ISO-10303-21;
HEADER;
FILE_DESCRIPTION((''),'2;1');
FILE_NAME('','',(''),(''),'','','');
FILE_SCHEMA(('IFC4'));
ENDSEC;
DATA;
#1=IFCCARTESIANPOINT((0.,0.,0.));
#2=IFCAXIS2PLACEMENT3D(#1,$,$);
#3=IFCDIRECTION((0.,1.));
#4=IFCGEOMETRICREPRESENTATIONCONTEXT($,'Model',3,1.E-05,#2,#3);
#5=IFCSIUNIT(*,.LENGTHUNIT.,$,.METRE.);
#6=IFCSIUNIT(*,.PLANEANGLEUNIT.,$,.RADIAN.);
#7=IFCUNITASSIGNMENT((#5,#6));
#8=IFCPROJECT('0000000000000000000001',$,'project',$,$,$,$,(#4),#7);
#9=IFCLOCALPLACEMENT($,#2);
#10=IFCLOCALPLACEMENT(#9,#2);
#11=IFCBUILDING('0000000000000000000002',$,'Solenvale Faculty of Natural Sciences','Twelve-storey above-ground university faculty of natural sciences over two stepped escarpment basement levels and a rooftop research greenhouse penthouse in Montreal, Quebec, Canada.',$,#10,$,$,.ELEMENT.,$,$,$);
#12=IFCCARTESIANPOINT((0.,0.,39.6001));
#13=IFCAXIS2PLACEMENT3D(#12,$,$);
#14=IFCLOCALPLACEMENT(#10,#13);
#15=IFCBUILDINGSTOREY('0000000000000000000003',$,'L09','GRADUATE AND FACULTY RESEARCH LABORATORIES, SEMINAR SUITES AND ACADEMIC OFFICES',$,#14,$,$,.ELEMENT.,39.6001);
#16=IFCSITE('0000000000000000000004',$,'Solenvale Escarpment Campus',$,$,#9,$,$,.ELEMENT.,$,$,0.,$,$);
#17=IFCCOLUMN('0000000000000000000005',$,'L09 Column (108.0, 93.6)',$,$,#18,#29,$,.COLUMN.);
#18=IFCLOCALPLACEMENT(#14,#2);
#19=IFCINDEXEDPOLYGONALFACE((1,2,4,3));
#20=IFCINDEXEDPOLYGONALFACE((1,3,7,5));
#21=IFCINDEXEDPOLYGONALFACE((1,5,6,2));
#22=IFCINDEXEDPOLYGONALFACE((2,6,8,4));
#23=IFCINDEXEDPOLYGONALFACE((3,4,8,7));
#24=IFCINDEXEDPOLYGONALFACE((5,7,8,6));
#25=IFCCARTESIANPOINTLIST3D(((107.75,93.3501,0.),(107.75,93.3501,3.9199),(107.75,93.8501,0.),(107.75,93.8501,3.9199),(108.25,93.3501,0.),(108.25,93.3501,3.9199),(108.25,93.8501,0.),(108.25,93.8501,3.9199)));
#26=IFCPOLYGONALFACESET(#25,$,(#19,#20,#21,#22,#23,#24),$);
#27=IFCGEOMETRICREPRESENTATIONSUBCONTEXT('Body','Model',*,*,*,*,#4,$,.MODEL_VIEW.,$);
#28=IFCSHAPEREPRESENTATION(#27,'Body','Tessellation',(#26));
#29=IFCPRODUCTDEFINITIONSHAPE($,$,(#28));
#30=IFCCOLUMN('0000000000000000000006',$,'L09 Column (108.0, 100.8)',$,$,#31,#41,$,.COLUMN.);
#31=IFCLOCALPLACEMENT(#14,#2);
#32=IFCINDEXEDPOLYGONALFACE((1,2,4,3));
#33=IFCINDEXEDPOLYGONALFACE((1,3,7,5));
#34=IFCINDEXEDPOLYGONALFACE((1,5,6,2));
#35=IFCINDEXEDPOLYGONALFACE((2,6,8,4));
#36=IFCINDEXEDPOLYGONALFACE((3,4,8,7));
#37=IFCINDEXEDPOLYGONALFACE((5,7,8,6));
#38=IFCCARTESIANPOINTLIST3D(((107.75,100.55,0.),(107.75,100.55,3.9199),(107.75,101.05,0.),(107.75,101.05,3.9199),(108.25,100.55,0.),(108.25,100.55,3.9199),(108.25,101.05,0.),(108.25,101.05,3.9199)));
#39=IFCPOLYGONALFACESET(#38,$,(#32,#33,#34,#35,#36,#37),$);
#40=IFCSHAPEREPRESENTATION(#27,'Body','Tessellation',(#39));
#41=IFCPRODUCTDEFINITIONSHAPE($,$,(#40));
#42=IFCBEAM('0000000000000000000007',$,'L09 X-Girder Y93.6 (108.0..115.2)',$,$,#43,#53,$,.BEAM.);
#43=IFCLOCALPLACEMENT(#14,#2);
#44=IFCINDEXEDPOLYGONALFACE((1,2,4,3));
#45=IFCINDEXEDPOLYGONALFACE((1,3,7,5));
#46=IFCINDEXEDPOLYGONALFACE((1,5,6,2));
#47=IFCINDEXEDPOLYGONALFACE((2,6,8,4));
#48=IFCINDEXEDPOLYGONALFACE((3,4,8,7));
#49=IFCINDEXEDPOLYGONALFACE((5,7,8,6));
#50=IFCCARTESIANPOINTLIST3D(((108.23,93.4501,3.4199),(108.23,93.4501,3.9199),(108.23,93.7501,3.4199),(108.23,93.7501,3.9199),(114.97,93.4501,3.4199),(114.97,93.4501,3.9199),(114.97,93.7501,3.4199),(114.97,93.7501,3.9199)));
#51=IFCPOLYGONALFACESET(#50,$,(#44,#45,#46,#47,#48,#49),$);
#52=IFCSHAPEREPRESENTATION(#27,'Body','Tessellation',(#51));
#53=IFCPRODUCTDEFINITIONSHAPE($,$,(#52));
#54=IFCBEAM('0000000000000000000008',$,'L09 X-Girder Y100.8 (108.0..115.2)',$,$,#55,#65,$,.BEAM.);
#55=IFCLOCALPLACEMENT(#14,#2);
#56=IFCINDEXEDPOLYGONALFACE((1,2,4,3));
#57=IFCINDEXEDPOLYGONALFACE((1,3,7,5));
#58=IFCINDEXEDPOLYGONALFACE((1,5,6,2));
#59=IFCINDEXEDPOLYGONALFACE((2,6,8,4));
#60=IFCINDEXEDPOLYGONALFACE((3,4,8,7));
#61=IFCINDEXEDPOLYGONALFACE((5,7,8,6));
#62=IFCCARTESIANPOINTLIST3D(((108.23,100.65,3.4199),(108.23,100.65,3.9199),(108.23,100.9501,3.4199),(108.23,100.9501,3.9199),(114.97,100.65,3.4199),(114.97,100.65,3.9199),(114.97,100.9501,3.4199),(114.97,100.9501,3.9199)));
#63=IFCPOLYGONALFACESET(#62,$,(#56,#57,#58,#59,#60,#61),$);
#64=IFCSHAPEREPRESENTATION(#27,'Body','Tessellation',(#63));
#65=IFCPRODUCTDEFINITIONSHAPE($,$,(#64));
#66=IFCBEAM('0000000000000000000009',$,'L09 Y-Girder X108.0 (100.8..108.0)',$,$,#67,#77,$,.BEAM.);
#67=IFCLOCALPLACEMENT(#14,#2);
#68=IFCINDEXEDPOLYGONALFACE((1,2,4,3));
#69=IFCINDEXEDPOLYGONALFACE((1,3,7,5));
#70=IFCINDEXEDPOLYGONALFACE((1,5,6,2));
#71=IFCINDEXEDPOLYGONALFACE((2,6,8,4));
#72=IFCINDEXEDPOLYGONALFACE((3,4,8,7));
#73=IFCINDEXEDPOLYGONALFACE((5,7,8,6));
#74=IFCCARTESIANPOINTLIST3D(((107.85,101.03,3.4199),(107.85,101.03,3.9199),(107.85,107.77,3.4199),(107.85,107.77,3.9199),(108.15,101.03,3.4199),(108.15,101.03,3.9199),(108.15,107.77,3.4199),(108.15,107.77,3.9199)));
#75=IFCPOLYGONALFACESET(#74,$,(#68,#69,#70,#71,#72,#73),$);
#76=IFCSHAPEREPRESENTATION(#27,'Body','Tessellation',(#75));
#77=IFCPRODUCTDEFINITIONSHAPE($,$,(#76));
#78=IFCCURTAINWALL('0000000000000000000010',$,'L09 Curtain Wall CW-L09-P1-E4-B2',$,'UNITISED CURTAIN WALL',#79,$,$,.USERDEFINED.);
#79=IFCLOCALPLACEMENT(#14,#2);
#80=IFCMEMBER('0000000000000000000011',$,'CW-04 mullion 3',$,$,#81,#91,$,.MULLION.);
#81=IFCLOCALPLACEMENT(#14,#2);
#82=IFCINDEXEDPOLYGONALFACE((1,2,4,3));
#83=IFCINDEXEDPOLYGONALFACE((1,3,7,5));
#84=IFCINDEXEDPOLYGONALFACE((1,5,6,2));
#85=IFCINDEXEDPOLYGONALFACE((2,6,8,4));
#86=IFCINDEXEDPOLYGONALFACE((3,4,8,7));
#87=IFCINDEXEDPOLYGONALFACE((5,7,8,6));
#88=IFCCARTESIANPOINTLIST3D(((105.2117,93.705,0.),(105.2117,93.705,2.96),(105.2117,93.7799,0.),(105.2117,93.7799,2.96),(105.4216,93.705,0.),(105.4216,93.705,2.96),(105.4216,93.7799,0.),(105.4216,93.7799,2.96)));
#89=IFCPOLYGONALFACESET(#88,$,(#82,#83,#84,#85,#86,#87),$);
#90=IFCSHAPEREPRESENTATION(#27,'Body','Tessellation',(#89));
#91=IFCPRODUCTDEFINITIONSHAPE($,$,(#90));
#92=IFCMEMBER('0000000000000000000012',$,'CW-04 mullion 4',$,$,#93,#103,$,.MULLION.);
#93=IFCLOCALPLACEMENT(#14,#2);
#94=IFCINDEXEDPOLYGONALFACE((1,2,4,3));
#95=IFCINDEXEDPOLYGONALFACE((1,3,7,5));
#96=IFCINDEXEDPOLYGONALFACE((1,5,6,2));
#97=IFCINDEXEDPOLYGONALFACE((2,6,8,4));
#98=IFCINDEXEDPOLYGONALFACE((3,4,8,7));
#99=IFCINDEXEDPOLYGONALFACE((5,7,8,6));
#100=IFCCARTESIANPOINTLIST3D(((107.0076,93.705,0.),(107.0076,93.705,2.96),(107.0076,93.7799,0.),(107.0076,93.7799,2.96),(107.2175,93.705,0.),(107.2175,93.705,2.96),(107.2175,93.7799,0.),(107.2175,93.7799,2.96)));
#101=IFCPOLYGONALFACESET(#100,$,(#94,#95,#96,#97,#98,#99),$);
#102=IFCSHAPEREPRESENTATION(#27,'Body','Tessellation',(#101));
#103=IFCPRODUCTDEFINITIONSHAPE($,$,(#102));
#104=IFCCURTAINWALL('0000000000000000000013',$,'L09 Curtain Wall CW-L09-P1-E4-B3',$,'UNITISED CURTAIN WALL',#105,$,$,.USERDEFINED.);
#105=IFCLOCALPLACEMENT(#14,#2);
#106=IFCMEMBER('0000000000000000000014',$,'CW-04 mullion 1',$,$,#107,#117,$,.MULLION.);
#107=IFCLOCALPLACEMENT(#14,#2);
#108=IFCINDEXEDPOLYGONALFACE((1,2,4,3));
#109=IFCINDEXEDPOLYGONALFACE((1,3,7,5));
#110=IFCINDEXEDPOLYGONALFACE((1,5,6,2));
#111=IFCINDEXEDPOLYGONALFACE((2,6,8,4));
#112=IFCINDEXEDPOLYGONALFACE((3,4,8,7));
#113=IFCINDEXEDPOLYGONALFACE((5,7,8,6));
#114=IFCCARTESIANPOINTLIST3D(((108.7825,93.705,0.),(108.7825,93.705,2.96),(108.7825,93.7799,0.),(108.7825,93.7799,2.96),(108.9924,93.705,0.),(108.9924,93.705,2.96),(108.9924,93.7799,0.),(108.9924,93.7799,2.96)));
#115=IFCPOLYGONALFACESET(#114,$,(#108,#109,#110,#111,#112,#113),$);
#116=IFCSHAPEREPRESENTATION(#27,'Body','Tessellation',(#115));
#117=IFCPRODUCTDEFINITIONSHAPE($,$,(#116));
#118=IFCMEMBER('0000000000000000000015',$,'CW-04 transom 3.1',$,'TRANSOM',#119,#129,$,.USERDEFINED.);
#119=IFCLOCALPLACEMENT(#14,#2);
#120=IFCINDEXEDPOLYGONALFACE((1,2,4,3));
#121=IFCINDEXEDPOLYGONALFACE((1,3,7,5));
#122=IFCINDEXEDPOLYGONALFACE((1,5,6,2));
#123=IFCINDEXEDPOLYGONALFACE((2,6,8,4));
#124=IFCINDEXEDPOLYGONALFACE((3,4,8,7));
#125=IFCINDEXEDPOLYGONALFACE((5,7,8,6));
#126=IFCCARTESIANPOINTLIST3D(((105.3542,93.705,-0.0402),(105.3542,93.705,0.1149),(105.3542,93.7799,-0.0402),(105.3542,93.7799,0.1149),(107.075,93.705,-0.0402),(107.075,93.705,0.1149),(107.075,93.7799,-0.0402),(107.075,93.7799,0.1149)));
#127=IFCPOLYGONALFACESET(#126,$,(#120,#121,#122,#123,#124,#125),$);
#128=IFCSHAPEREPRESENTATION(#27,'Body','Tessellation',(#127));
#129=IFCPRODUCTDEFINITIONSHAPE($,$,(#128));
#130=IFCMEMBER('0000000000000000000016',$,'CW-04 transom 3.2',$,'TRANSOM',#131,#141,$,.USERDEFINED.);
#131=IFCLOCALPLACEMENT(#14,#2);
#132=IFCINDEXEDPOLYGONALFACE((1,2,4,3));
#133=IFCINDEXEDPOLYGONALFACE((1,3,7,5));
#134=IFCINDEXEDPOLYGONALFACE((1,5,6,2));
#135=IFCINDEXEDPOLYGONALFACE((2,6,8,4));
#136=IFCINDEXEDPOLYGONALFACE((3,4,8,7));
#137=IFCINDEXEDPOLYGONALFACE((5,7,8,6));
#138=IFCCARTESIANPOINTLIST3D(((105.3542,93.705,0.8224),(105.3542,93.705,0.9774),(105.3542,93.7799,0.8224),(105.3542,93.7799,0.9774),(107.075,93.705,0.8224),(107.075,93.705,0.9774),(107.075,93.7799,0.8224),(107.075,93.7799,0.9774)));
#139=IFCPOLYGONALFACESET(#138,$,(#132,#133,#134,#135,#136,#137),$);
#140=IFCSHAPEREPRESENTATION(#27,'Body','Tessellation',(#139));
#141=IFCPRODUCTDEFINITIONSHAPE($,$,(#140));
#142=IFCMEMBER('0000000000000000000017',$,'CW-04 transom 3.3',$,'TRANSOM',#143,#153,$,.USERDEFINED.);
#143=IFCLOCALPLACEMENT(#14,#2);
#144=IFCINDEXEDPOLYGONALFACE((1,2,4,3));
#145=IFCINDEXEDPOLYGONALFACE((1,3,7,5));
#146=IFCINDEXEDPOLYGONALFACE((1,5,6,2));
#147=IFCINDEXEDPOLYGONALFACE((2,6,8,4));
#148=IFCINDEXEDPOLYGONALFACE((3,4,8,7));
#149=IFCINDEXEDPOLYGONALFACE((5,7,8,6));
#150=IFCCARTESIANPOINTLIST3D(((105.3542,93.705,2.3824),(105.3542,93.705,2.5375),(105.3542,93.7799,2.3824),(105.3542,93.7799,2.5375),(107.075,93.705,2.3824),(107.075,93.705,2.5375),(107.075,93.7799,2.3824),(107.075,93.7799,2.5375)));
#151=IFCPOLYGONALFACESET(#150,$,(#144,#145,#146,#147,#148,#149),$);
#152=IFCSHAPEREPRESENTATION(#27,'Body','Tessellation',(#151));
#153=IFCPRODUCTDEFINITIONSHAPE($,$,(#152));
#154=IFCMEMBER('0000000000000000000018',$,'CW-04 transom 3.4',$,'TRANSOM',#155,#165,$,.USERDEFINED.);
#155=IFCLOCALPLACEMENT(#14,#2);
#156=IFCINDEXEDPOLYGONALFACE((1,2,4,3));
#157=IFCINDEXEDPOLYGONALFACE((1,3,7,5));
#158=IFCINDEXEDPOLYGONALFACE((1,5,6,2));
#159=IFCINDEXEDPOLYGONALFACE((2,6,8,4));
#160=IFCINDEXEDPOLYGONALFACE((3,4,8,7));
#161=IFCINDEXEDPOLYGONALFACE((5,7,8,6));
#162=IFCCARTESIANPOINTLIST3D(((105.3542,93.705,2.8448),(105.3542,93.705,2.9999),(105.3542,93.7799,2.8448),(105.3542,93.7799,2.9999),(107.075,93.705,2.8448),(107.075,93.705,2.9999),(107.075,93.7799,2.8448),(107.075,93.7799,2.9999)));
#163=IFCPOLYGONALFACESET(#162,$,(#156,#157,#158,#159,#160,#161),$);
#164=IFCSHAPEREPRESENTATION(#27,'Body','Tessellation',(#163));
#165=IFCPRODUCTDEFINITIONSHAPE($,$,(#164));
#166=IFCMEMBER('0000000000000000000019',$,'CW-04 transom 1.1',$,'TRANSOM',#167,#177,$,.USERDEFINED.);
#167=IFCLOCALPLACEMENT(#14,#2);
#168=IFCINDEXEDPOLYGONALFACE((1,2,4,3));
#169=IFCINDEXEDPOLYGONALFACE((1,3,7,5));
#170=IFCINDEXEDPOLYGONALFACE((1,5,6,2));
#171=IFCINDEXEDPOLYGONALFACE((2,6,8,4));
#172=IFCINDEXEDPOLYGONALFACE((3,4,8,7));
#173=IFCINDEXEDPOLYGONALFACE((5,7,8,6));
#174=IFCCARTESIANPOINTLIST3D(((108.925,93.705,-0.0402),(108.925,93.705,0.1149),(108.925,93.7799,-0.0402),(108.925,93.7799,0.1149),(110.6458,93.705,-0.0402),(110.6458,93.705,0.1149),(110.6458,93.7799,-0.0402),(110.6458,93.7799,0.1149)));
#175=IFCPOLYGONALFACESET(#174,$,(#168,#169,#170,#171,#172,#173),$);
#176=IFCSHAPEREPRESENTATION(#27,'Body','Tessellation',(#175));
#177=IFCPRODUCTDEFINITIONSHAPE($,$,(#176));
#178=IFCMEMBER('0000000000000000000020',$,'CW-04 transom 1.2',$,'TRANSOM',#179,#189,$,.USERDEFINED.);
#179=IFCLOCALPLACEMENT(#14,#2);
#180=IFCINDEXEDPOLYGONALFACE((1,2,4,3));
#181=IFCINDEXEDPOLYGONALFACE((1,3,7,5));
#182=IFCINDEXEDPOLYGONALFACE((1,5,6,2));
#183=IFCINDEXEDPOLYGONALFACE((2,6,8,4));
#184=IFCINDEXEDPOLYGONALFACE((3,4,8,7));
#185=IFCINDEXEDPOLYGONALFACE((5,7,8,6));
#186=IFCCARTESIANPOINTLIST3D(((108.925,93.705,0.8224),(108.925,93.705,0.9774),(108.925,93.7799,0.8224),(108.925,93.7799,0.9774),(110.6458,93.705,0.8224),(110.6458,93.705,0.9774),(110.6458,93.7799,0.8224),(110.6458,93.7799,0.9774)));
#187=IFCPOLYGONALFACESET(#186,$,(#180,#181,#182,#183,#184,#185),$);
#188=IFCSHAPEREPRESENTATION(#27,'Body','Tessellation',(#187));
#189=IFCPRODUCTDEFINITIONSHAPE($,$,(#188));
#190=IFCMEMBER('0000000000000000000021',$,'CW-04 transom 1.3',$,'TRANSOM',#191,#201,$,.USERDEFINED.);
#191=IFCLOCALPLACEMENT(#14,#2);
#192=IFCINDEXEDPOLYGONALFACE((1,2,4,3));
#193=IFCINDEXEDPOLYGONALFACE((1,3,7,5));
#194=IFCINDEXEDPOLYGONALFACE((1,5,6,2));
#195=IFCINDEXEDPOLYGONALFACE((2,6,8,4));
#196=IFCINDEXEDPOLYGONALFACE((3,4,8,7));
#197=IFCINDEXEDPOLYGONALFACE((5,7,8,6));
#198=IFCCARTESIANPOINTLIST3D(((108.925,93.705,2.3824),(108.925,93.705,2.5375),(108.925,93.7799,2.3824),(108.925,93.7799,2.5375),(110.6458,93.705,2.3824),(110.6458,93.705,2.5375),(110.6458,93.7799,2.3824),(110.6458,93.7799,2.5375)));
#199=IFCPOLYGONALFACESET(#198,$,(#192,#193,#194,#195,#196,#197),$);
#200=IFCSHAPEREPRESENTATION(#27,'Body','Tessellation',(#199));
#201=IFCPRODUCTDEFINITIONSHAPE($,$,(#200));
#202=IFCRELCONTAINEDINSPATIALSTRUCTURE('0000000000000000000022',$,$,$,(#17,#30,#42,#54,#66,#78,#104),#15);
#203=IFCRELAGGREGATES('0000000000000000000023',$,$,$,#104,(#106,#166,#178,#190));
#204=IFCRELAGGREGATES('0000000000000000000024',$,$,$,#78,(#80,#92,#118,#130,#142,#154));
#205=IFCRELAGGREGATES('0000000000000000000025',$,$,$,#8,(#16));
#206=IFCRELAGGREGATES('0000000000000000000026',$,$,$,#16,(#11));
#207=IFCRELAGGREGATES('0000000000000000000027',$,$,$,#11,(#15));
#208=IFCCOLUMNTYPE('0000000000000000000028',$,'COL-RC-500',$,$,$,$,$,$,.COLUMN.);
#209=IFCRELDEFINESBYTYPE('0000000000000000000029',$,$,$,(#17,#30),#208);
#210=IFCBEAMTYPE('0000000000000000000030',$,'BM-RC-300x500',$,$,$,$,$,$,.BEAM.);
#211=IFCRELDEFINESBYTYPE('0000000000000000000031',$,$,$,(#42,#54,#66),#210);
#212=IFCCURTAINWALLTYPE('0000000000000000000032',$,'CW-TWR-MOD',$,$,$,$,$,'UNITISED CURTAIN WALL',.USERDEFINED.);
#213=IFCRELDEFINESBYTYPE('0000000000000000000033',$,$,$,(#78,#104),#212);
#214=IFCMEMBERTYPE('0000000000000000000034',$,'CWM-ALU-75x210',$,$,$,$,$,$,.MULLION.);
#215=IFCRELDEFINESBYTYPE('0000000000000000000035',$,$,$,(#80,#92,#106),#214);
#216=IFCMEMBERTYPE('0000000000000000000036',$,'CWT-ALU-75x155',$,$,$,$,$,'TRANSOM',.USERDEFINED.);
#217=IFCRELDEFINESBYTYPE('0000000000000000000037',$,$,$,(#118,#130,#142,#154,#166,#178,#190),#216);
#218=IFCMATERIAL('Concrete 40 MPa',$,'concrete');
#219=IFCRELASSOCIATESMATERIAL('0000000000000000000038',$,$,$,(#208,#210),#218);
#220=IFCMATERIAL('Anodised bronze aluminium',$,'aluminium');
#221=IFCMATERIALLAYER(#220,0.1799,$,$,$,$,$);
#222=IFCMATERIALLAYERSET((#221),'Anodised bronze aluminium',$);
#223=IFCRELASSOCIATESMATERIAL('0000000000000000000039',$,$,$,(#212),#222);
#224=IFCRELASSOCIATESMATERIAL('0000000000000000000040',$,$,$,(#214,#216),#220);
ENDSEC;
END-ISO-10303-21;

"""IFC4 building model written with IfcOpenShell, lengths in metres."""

from ifc_helpers import new_model, si_unit, direction, frame, origin, origin_2d, place, context, subcontext, project, spatial, rectangle, extrude, material, layer, layer_set, material_profile, profile_set, type_object, element, aggregate, save


model = new_model("IFC4")

# Units and contexts
model_context = context("Model", 3, precision=1e-05, world=origin(), true_north=direction((0.0, 1.0)))
body_context = subcontext(model_context, "Body", "Model", "MODEL_VIEW")
ifc_project = project(units=[si_unit("LENGTHUNIT", "METRE"), si_unit("PLANEANGLEUNIT", "RADIAN")], contexts=[model_context])

# Site, building, storey
site_placement = place(None, origin())
site = spatial("IfcSite", under=ifc_project, at=site_placement, Name="Solenvale Escarpment Campus", CompositionType="ELEMENT", RefElevation=0.0)
building_placement = place(site_placement, origin())
building = spatial("IfcBuilding", under=site, at=building_placement, Name="Solenvale Faculty of Natural Sciences", Description="Twelve-storey above-ground university faculty of natural sciences over two stepped escarpment basement levels and a rooftop research greenhouse penthouse in Montreal, Quebec, Canada.", CompositionType="ELEMENT")
storey_placement = place(building_placement, frame((0.0, 0.0, 39.6001)))
storey = spatial("IfcBuildingStorey", under=building, at=storey_placement, Name="L09", Description="GRADUATE AND FACULTY RESEARCH LABORATORIES, SEMINAR SUITES AND ACADEMIC OFFICES", CompositionType="ELEMENT", Elevation=39.6001)

# Columns
ifc_material_1 = material(Name="Concrete 40 MPa", Category="concrete")
ifc_material_profile_1 = material_profile(ifc_material_1, rectangle(XDim=0.5, YDim=0.5, at=origin_2d()), Name="RC-COL-500x500")
ifc_profile_set_1 = profile_set([ifc_material_profile_1], Name="Concrete 40 MPa")
column_type = type_object("IfcColumnType", Name="COL-RC-500", PredefinedType="COLUMN", material=ifc_profile_set_1)
for number, where, z_axis, x_axis, name in (
    (1, (108.0, 93.6001, 0.0), (0.0, 0.0, 1.0), (1.0, 0.0, 0.0), "L09 Column (108.0, 93.6)"),
    (2, (108.0, 100.8, 0.0), (0.0, 0.0, 1.0), (1.0, 0.0, 0.0), "L09 Column (108.0, 100.8)"),
):
    element("IfcColumn", number, at=place(storey_placement, frame(where, z_axis=z_axis, x_axis=x_axis)), inside=storey, type_object=column_type, Name=name, PredefinedType="COLUMN", context=body_context, shape_type="SweptSolid", body=[
        extrude(rectangle(XDim=0.5, YDim=0.5, at=origin_2d()), origin(), (0.0, 0.0, 1.0), 3.9199),
    ])

# Beams
ifc_material_profile_2 = material_profile(ifc_material_1, rectangle(XDim=0.3, YDim=0.5, at=origin_2d()), Name="RC-BM-300x500")
ifc_profile_set_2 = profile_set([ifc_material_profile_2], Name="Concrete 40 MPa")
beam_type = type_object("IfcBeamType", Name="BM-RC-300x500", PredefinedType="BEAM", material=ifc_profile_set_2)
for number, where, z_axis, x_axis, name in (
    (3, (108.23, 93.6001, 3.6699), (1.0, 0.0, 0.0), (0.0, 1.0, 0.0), "L09 X-Girder Y93.6 (108.0..115.2)"),
    (4, (108.23, 100.8, 3.6699), (1.0, 0.0, 0.0), (0.0, 1.0, 0.0), "L09 X-Girder Y100.8 (108.0..115.2)"),
    (5, (108.0, 101.03, 3.6699), (0.0, 1.0, 0.0), (-1.0, 0.0, 0.0), "L09 Y-Girder X108.0 (100.8..108.0)"),
):
    element("IfcBeam", number, at=place(storey_placement, frame(where, z_axis=z_axis, x_axis=x_axis)), inside=storey, type_object=beam_type, Name=name, PredefinedType="BEAM", context=body_context, shape_type="SweptSolid", body=[
        extrude(rectangle(XDim=0.3, YDim=0.5, at=origin_2d()), origin(), (0.0, 0.0, 1.0), 6.74),
    ])

# Curtain wall, members
ifc_material_2 = material(Name="Anodised bronze aluminium", Category="aluminium")
ifc_layer_1 = layer(ifc_material_2, 0.1799)
ifc_layer_set_1 = layer_set([ifc_layer_1], Name="Anodised bronze aluminium")
curtain_wall_type = type_object("IfcCurtainWallType", Name="CW-TWR-MOD", ElementType="UNITISED CURTAIN WALL", PredefinedType="USERDEFINED", material=ifc_layer_set_1)
curtain_wall_1_placement = place(storey_placement, origin())
curtain_wall_1 = element("IfcCurtainWall", 6, at=curtain_wall_1_placement, inside=storey, type_object=curtain_wall_type, Name="L09 Curtain Wall CW-L09-P1-E4-B2", ObjectType="UNITISED CURTAIN WALL", PredefinedType="USERDEFINED")
ifc_material_profile_3 = material_profile(ifc_material_2, rectangle(XDim=0.075, YDim=0.21, at=origin_2d()), Name="ALU-MUL-75x210")
ifc_profile_set_3 = profile_set([ifc_material_profile_3], Name="Anodised bronze aluminium")
member_type_1 = type_object("IfcMemberType", Name="CWM-ALU-75x210", PredefinedType="MULLION", material=ifc_profile_set_3)
member_1_placement = place(storey_placement, frame((105.3167, 93.7424, 0.0), z_axis=(0.0, 0.0, 1.0), x_axis=(0.0, 1.0, 0.0)))
member_1 = element("IfcMember", 7, at=member_1_placement, type_object=member_type_1, Name="CW-04 mullion 3", PredefinedType="MULLION", context=body_context, shape_type="SweptSolid", body=[
    extrude(rectangle(XDim=0.075, YDim=0.21, at=origin_2d()), origin(), (0.0, 0.0, 1.0), 2.96),
])
member_2_placement = place(storey_placement, frame((107.1125, 93.7424, 0.0), z_axis=(0.0, 0.0, 1.0), x_axis=(0.0, 1.0, 0.0)))
member_2 = element("IfcMember", 8, at=member_2_placement, type_object=member_type_1, Name="CW-04 mullion 4", PredefinedType="MULLION", context=body_context, shape_type="SweptSolid", body=[
    extrude(rectangle(XDim=0.075, YDim=0.21, at=origin_2d()), origin(), (0.0, 0.0, 1.0), 2.96),
])

# Curtain wall, member
curtain_wall_2_placement = place(storey_placement, origin())
curtain_wall_2 = element("IfcCurtainWall", 9, at=curtain_wall_2_placement, inside=storey, type_object=curtain_wall_type, Name="L09 Curtain Wall CW-L09-P1-E4-B3", ObjectType="UNITISED CURTAIN WALL", PredefinedType="USERDEFINED")
member_3_placement = place(storey_placement, frame((108.8875, 93.7424, 0.0), z_axis=(0.0, 0.0, 1.0), x_axis=(0.0, 1.0, 0.0)))
member_3 = element("IfcMember", 10, at=member_3_placement, type_object=member_type_1, Name="CW-04 mullion 1", PredefinedType="MULLION", context=body_context, shape_type="SweptSolid", body=[
    extrude(rectangle(XDim=0.075, YDim=0.21, at=origin_2d()), origin(), (0.0, 0.0, 1.0), 2.96),
])

# Members
ifc_material_profile_4 = material_profile(ifc_material_2, rectangle(XDim=0.075, YDim=0.155, at=origin_2d()), Name="ALU-TRN-75x155")
ifc_profile_set_4 = profile_set([ifc_material_profile_4], Name="Anodised bronze aluminium")
member_type_2 = type_object("IfcMemberType", Name="CWT-ALU-75x155", ElementType="TRANSOM", PredefinedType="USERDEFINED", material=ifc_profile_set_4)
member_4_placement = place(storey_placement, frame((105.3542, 93.7424, 0.0374), z_axis=(1.0, 0.0, 0.0), x_axis=(0.0, 1.0, 0.0)))
member_4 = element("IfcMember", 11, at=member_4_placement, type_object=member_type_2, Name="CW-04 transom 3.1", ObjectType="TRANSOM", PredefinedType="USERDEFINED", context=body_context, shape_type="SweptSolid", body=[
    extrude(rectangle(XDim=0.075, YDim=0.155, at=origin_2d()), origin(), (0.0, 0.0, 1.0), 1.7207),
])
member_5_placement = place(storey_placement, frame((105.3542, 93.7424, 0.8999), z_axis=(1.0, 0.0, 0.0), x_axis=(0.0, 1.0, 0.0)))
member_5 = element("IfcMember", 12, at=member_5_placement, type_object=member_type_2, Name="CW-04 transom 3.2", ObjectType="TRANSOM", PredefinedType="USERDEFINED", context=body_context, shape_type="SweptSolid", body=[
    extrude(rectangle(XDim=0.075, YDim=0.155, at=origin_2d()), origin(), (0.0, 0.0, 1.0), 1.7207),
])
member_6_placement = place(storey_placement, frame((105.3542, 93.7424, 2.46), z_axis=(1.0, 0.0, 0.0), x_axis=(0.0, 1.0, 0.0)))
member_6 = element("IfcMember", 13, at=member_6_placement, type_object=member_type_2, Name="CW-04 transom 3.3", ObjectType="TRANSOM", PredefinedType="USERDEFINED", context=body_context, shape_type="SweptSolid", body=[
    extrude(rectangle(XDim=0.075, YDim=0.155, at=origin_2d()), origin(), (0.0, 0.0, 1.0), 1.7207),
])
member_7_placement = place(storey_placement, frame((105.3542, 93.7424, 2.9224), z_axis=(1.0, 0.0, 0.0), x_axis=(0.0, 1.0, 0.0)))
member_7 = element("IfcMember", 14, at=member_7_placement, type_object=member_type_2, Name="CW-04 transom 3.4", ObjectType="TRANSOM", PredefinedType="USERDEFINED", context=body_context, shape_type="SweptSolid", body=[
    extrude(rectangle(XDim=0.075, YDim=0.155, at=origin_2d()), origin(), (0.0, 0.0, 1.0), 1.7207),
])
member_8_placement = place(storey_placement, frame((108.925, 93.7424, 0.0374), z_axis=(1.0, 0.0, 0.0), x_axis=(0.0, 1.0, 0.0)))
member_8 = element("IfcMember", 15, at=member_8_placement, type_object=member_type_2, Name="CW-04 transom 1.1", ObjectType="TRANSOM", PredefinedType="USERDEFINED", context=body_context, shape_type="SweptSolid", body=[
    extrude(rectangle(XDim=0.075, YDim=0.155, at=origin_2d()), origin(), (0.0, 0.0, 1.0), 1.7207),
])
member_9_placement = place(storey_placement, frame((108.925, 93.7424, 0.8999), z_axis=(1.0, 0.0, 0.0), x_axis=(0.0, 1.0, 0.0)))
member_9 = element("IfcMember", 16, at=member_9_placement, type_object=member_type_2, Name="CW-04 transom 1.2", ObjectType="TRANSOM", PredefinedType="USERDEFINED", context=body_context, shape_type="SweptSolid", body=[
    extrude(rectangle(XDim=0.075, YDim=0.155, at=origin_2d()), origin(), (0.0, 0.0, 1.0), 1.7207),
])
member_10_placement = place(storey_placement, frame((108.925, 93.7424, 2.46), z_axis=(1.0, 0.0, 0.0), x_axis=(0.0, 1.0, 0.0)))
member_10 = element("IfcMember", 17, at=member_10_placement, type_object=member_type_2, Name="CW-04 transom 1.3", ObjectType="TRANSOM", PredefinedType="USERDEFINED", context=body_context, shape_type="SweptSolid", body=[
    extrude(rectangle(XDim=0.075, YDim=0.155, at=origin_2d()), origin(), (0.0, 0.0, 1.0), 1.7207),
])
aggregate(curtain_wall_2, [member_3, member_8, member_9, member_10])

aggregate(curtain_wall_1, [member_1, member_2, member_4, member_5, member_6, member_7])

save(model, "model.ifc")
